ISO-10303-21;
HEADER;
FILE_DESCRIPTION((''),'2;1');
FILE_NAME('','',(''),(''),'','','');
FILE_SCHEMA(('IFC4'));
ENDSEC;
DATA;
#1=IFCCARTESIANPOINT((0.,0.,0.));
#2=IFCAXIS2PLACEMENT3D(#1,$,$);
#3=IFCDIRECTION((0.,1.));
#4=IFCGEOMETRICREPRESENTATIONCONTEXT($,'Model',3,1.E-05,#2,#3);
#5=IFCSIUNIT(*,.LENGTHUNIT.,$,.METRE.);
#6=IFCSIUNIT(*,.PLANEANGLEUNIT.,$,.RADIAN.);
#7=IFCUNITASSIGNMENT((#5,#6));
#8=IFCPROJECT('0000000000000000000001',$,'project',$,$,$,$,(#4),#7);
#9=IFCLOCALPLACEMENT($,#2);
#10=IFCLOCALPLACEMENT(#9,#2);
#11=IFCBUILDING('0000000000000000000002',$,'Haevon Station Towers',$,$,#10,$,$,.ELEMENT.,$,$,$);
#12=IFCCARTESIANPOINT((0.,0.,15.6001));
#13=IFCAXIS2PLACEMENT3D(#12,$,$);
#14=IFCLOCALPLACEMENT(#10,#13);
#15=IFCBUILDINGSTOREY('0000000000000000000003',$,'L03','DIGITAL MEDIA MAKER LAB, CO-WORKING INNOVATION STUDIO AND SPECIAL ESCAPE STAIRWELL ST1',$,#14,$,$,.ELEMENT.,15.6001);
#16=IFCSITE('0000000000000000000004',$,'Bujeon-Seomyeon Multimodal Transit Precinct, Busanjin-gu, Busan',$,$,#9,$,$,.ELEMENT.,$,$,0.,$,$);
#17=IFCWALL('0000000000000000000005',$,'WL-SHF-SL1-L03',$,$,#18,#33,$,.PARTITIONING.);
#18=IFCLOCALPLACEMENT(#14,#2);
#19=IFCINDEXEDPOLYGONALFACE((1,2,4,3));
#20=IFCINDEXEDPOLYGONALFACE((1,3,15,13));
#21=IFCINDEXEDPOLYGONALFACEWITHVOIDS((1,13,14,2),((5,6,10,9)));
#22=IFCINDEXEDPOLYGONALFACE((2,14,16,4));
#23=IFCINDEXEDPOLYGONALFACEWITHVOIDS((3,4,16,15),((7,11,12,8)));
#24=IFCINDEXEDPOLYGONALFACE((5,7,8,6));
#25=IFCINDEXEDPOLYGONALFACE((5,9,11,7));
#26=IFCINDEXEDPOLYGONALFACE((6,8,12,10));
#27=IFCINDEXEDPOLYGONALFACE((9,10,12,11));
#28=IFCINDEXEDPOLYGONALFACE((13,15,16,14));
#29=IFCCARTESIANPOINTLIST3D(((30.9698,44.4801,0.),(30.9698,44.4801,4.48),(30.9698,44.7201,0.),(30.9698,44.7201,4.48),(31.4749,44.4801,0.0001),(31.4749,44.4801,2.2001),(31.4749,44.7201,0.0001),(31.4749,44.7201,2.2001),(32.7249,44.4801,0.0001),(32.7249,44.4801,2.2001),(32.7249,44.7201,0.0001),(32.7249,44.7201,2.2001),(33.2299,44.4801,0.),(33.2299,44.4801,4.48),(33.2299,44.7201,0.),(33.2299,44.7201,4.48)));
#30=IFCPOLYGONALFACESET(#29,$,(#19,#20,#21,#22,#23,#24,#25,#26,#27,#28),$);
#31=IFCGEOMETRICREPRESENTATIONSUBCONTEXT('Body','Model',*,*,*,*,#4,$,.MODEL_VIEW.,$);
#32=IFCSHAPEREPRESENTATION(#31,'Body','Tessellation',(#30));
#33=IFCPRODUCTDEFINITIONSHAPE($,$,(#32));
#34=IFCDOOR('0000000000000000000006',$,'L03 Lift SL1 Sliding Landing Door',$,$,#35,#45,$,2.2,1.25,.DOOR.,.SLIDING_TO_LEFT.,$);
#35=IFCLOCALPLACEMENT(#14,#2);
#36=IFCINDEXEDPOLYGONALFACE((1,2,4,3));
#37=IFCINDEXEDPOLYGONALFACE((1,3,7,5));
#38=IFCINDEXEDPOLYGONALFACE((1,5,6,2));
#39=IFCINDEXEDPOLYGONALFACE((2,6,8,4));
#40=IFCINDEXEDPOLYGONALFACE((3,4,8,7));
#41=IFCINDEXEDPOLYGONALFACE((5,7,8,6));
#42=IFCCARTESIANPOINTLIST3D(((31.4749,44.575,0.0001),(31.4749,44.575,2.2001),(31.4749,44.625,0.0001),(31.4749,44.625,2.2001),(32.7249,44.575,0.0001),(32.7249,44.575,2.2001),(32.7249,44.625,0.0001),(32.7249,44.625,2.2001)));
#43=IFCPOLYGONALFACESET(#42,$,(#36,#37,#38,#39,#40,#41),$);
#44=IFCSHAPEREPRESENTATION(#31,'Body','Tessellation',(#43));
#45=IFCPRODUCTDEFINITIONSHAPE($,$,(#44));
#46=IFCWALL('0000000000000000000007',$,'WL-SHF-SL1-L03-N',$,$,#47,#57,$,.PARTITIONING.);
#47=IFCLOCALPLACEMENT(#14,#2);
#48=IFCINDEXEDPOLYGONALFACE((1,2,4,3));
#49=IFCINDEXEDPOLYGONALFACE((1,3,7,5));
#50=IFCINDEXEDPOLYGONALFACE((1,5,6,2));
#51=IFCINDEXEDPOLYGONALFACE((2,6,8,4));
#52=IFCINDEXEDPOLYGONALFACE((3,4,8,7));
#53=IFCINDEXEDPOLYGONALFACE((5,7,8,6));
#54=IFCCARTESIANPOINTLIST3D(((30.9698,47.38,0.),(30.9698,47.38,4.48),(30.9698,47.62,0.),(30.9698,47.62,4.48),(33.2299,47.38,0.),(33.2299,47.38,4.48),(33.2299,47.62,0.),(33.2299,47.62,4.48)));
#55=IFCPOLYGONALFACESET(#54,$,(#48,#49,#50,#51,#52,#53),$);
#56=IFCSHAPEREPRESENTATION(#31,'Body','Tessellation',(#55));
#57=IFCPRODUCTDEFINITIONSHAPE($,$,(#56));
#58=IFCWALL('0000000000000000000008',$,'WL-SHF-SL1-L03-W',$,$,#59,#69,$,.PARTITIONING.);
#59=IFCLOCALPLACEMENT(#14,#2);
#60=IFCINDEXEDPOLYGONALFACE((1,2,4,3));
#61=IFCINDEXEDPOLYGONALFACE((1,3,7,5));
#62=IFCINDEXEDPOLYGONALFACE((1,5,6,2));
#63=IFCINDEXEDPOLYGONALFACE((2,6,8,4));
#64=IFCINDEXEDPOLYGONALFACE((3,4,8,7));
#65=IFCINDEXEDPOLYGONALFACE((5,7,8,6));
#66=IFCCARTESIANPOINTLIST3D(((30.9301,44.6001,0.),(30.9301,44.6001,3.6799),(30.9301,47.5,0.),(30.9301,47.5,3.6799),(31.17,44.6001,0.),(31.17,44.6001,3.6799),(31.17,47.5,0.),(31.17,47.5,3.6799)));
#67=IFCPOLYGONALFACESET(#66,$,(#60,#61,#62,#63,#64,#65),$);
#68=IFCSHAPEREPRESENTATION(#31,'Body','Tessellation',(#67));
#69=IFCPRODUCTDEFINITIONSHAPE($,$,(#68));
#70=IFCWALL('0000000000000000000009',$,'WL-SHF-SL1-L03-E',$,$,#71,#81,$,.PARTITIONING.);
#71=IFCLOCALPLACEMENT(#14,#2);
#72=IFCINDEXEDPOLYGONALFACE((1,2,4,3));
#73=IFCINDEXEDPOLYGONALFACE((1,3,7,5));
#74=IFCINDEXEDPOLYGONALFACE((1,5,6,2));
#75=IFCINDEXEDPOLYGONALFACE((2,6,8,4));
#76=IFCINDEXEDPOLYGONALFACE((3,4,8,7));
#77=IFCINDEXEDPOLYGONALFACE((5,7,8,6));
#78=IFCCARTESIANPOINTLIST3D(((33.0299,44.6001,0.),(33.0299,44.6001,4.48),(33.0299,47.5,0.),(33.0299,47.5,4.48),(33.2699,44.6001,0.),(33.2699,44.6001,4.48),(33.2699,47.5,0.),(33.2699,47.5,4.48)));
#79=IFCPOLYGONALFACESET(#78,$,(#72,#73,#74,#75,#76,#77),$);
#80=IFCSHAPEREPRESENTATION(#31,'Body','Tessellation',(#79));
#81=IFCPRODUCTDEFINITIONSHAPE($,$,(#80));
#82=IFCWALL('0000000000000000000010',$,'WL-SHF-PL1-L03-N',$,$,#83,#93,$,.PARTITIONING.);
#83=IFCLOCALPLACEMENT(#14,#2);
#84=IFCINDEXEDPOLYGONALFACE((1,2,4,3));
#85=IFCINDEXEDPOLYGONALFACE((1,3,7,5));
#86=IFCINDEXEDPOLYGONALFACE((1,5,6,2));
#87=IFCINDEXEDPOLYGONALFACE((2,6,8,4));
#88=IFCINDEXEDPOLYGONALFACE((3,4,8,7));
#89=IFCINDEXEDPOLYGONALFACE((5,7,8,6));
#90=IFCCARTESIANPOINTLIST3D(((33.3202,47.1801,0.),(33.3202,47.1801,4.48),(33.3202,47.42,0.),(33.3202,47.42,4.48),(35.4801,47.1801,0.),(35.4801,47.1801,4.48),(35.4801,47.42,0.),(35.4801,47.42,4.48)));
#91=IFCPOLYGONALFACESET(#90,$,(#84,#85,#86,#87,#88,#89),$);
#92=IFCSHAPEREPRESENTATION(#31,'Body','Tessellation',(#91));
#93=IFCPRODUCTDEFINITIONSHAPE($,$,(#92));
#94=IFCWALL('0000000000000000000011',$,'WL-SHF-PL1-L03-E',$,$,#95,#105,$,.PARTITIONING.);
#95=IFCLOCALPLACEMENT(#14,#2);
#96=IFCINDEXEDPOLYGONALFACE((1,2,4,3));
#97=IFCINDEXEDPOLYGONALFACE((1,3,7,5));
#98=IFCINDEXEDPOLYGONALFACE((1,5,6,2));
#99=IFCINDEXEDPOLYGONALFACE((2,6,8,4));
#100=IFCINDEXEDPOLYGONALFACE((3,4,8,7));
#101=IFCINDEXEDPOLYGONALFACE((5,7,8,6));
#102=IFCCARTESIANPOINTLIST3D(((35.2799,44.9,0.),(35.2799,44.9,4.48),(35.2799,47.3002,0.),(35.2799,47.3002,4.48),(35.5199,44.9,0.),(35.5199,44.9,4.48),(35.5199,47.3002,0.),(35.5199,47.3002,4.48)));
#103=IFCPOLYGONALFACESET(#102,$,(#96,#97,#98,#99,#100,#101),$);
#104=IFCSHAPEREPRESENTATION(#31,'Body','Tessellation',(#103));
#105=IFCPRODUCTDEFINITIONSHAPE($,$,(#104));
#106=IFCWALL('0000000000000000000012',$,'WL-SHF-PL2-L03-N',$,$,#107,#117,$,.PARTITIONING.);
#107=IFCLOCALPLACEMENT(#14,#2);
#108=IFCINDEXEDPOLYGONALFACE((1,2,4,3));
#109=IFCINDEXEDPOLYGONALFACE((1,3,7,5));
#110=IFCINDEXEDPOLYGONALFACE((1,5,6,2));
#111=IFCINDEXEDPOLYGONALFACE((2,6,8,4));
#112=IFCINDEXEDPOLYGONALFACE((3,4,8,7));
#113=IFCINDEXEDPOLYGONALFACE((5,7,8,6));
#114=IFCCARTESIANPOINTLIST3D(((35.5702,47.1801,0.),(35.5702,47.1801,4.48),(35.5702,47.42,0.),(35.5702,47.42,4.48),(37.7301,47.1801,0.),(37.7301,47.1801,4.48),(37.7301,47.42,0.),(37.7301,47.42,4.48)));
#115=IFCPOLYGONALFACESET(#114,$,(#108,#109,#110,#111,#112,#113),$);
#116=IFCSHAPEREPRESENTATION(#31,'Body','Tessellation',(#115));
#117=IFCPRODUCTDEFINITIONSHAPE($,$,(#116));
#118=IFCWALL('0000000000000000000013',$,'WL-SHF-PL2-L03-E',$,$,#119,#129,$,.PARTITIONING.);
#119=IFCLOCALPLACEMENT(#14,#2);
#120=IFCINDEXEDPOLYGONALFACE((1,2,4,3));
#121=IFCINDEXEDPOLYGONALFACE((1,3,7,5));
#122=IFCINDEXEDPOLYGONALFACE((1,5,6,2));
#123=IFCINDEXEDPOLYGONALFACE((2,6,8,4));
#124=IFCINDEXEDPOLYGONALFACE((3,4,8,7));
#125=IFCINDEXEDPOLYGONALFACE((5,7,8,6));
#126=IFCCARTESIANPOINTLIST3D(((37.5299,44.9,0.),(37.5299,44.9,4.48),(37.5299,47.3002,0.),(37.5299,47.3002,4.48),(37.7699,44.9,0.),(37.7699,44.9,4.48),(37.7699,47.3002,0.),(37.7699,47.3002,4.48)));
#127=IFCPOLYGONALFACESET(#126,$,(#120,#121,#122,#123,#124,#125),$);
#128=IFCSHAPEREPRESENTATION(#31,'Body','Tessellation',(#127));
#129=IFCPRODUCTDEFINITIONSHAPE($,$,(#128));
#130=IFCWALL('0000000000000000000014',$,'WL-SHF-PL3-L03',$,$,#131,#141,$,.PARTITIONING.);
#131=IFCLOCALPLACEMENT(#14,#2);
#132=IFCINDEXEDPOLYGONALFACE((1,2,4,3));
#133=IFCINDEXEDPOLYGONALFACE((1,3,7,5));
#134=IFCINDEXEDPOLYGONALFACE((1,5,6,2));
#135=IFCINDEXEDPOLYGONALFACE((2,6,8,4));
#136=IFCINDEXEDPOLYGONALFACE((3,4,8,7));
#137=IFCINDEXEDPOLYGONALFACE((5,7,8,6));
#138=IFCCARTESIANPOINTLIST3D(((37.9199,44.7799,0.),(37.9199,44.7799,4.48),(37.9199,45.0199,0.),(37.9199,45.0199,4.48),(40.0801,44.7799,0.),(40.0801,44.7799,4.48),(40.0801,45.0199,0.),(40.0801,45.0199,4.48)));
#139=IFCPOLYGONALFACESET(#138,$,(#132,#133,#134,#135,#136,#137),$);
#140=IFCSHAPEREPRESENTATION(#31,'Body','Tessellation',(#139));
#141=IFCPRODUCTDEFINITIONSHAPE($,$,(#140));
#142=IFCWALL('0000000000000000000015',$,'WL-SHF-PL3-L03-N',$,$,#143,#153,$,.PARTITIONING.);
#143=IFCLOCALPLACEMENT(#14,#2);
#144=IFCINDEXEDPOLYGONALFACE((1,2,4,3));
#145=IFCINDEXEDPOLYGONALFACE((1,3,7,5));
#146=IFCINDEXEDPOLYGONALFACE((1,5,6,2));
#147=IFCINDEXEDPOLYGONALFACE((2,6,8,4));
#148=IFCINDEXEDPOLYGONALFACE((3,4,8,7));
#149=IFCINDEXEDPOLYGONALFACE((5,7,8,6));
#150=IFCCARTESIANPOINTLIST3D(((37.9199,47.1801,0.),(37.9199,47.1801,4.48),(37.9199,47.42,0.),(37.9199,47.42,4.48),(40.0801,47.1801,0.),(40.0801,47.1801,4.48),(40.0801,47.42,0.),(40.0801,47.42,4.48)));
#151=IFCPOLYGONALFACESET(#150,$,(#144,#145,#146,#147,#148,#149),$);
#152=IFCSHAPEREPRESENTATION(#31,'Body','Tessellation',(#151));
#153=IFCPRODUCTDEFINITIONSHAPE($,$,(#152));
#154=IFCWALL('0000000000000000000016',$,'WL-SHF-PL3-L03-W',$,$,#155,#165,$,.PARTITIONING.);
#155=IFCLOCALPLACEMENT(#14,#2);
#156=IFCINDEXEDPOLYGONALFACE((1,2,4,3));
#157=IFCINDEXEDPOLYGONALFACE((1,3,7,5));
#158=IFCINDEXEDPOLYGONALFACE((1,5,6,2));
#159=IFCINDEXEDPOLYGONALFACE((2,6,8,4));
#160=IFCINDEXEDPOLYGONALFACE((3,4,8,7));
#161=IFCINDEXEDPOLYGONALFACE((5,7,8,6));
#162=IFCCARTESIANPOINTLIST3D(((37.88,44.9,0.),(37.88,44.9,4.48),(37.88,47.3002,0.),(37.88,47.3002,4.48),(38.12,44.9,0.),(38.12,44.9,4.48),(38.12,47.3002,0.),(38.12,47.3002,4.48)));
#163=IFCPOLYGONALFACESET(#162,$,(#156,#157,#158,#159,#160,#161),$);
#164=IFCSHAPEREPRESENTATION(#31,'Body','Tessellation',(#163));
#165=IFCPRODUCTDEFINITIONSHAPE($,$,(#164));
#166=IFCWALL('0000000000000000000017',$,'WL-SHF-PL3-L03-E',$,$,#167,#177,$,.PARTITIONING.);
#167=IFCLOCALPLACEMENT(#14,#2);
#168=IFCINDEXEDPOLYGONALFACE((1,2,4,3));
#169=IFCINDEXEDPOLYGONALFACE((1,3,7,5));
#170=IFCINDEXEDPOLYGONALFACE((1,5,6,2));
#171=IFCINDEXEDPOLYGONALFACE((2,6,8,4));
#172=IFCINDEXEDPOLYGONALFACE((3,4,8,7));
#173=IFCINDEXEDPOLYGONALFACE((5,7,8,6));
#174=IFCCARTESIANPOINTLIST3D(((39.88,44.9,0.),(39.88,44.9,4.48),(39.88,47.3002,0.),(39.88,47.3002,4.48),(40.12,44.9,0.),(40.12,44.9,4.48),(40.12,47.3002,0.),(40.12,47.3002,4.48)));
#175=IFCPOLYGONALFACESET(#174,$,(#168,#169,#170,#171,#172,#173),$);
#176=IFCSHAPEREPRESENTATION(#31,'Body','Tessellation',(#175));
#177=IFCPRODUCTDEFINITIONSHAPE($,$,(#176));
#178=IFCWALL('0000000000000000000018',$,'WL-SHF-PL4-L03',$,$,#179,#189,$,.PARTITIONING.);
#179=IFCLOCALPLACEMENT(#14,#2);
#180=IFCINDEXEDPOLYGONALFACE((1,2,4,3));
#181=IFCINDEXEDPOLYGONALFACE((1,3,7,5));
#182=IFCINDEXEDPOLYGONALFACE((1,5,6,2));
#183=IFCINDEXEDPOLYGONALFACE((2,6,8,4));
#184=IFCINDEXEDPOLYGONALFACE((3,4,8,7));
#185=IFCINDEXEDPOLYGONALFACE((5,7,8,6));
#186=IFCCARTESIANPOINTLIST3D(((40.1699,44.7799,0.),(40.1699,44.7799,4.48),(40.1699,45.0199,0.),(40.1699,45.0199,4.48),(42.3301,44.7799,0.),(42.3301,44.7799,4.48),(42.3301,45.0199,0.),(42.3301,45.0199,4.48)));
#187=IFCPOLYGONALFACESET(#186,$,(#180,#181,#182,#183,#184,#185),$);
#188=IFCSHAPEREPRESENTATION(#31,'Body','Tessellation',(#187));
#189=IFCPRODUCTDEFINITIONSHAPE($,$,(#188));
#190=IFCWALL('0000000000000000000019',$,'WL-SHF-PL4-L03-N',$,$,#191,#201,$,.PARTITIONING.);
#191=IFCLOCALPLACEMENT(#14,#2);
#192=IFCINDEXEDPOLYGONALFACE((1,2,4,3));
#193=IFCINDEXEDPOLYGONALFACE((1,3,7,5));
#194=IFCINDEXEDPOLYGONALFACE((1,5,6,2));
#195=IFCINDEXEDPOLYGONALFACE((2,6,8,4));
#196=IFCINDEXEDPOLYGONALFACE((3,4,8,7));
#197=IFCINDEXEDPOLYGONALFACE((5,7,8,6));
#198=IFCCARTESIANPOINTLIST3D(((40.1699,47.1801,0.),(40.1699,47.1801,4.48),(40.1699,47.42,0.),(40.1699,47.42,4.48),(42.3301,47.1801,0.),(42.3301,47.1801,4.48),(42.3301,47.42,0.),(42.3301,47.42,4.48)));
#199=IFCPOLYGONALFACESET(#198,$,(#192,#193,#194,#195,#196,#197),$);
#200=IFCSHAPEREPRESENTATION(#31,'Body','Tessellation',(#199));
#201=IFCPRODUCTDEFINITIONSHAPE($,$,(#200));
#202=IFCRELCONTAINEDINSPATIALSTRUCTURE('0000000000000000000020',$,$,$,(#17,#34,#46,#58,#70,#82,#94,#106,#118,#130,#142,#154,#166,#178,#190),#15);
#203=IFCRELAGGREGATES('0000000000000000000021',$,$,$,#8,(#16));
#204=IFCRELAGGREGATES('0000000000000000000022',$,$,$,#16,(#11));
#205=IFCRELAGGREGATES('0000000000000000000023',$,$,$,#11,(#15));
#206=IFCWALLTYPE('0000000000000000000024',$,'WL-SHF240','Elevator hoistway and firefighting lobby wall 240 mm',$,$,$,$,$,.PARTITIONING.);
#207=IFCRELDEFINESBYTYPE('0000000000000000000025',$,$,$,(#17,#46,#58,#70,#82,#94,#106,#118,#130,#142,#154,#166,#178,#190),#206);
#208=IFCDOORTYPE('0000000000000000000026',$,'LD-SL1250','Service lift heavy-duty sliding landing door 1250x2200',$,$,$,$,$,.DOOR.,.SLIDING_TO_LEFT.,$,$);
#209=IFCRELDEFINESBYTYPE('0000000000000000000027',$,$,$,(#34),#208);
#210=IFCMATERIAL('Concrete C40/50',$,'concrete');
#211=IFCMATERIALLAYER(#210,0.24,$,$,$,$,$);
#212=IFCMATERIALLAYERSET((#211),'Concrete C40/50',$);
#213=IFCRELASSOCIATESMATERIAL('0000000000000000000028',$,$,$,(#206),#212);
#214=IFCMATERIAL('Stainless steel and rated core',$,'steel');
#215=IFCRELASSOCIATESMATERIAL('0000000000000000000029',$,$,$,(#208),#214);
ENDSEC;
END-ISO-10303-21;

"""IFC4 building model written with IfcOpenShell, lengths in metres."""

from ifc_helpers import new_model, si_unit, direction, frame, frame_2d, origin, place, context, subcontext, project, spatial, rectangle, extrude, material, layer, layer_set, type_object, element, fill, save


model = new_model("IFC4")

# Units and contexts
model_context = context("Model", 3, precision=1e-05, world=origin(), true_north=direction((0.0, 1.0)))
body_context = subcontext(model_context, "Body", "Model", "MODEL_VIEW")
ifc_project = project(units=[si_unit("LENGTHUNIT", "METRE"), si_unit("PLANEANGLEUNIT", "RADIAN")], contexts=[model_context])

# Site, building, storey
site_placement = place(None, origin())
site = spatial("IfcSite", under=ifc_project, at=site_placement, Name="Bujeon-Seomyeon Multimodal Transit Precinct, Busanjin-gu, Busan", CompositionType="ELEMENT", RefElevation=0.0)
building_placement = place(site_placement, origin())
building = spatial("IfcBuilding", under=site, at=building_placement, Name="Haevon Station Towers", CompositionType="ELEMENT")
storey_placement = place(building_placement, frame((0.0, 0.0, 15.6001)))
storey = spatial("IfcBuildingStorey", under=building, at=storey_placement, Name="L03", Description="DIGITAL MEDIA MAKER LAB, CO-WORKING INNOVATION STUDIO AND SPECIAL ESCAPE STAIRWELL ST1", CompositionType="ELEMENT", Elevation=15.6001)

# Wall, opening, door
ifc_material_1 = material(Name="Concrete C40/50", Category="concrete")
ifc_layer_1 = layer(ifc_material_1, 0.24)
ifc_layer_set_1 = layer_set([ifc_layer_1], Name="Concrete C40/50")
wall_type_1 = type_object("IfcWallType", Name="WL-SHF240", Description="Elevator hoistway and firefighting lobby wall 240 mm", PredefinedType="PARTITIONING", material=ifc_layer_set_1)
wall_1_placement = place(storey_placement, frame((30.97, 44.6001, 0.0), z_axis=(0.0, 0.0, 1.0), x_axis=(1.0, 0.0, 0.0)))
wall_1 = element("IfcWall", 1, at=wall_1_placement, inside=storey, type_object=wall_type_1, Name="WL-SHF-SL1-L03", PredefinedType="PARTITIONING", context=body_context, shape_type="SweptSolid", body=[
    extrude(rectangle(XDim=2.26, YDim=0.24, at=frame_2d((1.1299, 0.0))), origin(), (0.0, 0.0, 1.0), 4.48),
])
opening_1_placement = place(wall_1_placement, frame((0.5049, 0.0, 0.0)))
opening_1 = element("IfcOpeningElement", 2, at=opening_1_placement, cuts=wall_1, PredefinedType="OPENING", context=body_context, shape_type="SweptSolid", body=[
    extrude(rectangle(XDim=1.25, YDim=2.2, at=frame_2d((0.625, 1.1001))), frame((0.0, 0.1299, 0.0), z_axis=(0.0, -1.0, 0.0), x_axis=(1.0, 0.0, 0.0)), (0.0, 0.0, 1.0), 0.26),
])
ifc_material_2 = material(Name="Stainless steel and rated core", Category="steel")
door_type_1 = type_object("IfcDoorType", Name="LD-SL1250", Description="Service lift heavy-duty sliding landing door 1250x2200", OperationType="SLIDING_TO_LEFT", PredefinedType="DOOR", material=ifc_material_2)
door_1_placement = place(opening_1_placement, origin())
door_1 = element("IfcDoor", 3, at=door_1_placement, inside=storey, type_object=door_type_1, Name="L03 Lift SL1 Sliding Landing Door", OperationType="SLIDING_TO_LEFT", OverallHeight=2.2, OverallWidth=1.25, PredefinedType="DOOR", context=body_context, shape_type="SweptSolid", body=[
    extrude(rectangle(XDim=1.25, YDim=2.2, at=frame_2d((0.625, 1.1001))), frame((0.0, 0.0249, 0.0), z_axis=(0.0, -1.0, 0.0), x_axis=(1.0, 0.0, 0.0)), (0.0, 0.0, 1.0), 0.05),
])
fill(opening_1, door_1)

# Walls
wall_2_placement = place(storey_placement, frame((30.97, 47.5, 0.0), z_axis=(0.0, 0.0, 1.0), x_axis=(1.0, 0.0, 0.0)))
element("IfcWall", 4, at=wall_2_placement, inside=storey, type_object=wall_type_1, Name="WL-SHF-SL1-L03-N", PredefinedType="PARTITIONING", context=body_context, shape_type="SweptSolid", body=[
    extrude(rectangle(XDim=2.26, YDim=0.24, at=frame_2d((1.1299, 0.0))), origin(), (0.0, 0.0, 1.0), 4.48),
])
wall_3_placement = place(storey_placement, frame((31.05, 44.6001, 0.0), z_axis=(0.0, 0.0, 1.0), x_axis=(0.0, 1.0, 0.0)))
element("IfcWall", 5, at=wall_3_placement, inside=storey, type_object=wall_type_1, Name="WL-SHF-SL1-L03-W", PredefinedType="PARTITIONING", context=body_context, shape_type="SweptSolid", body=[
    extrude(rectangle(XDim=2.8999, YDim=0.24, at=frame_2d((1.45, 0.0))), origin(), (0.0, 0.0, 1.0), 3.6799),
])
wall_4_placement = place(storey_placement, frame((33.1499, 44.6001, 0.0), z_axis=(0.0, 0.0, 1.0), x_axis=(0.0, 1.0, 0.0)))
element("IfcWall", 6, at=wall_4_placement, inside=storey, type_object=wall_type_1, Name="WL-SHF-SL1-L03-E", PredefinedType="PARTITIONING", context=body_context, shape_type="SweptSolid", body=[
    extrude(rectangle(XDim=2.8999, YDim=0.24, at=frame_2d((1.45, 0.0))), origin(), (0.0, 0.0, 1.0), 4.48),
])

# Walls
wall_5_placement = place(storey_placement, frame((33.3201, 47.3, 0.0), z_axis=(0.0, 0.0, 1.0), x_axis=(1.0, 0.0, 0.0)))
element("IfcWall", 7, at=wall_5_placement, inside=storey, type_object=wall_type_1, Name="WL-SHF-PL1-L03-N", PredefinedType="PARTITIONING", context=body_context, shape_type="SweptSolid", body=[
    extrude(rectangle(XDim=2.1599, YDim=0.24, at=frame_2d((1.0801, 0.0))), origin(), (0.0, 0.0, 1.0), 4.48),
])
wall_6_placement = place(storey_placement, frame((35.3999, 44.8999, 0.0), z_axis=(0.0, 0.0, 1.0), x_axis=(0.0, 1.0, 0.0)))
element("IfcWall", 8, at=wall_6_placement, inside=storey, type_object=wall_type_1, Name="WL-SHF-PL1-L03-E", PredefinedType="PARTITIONING", context=body_context, shape_type="SweptSolid", body=[
    extrude(rectangle(XDim=2.4001, YDim=0.24, at=frame_2d((1.2002, 0.0))), origin(), (0.0, 0.0, 1.0), 4.48),
])

# Walls
wall_7_placement = place(storey_placement, frame((35.5701, 47.3, 0.0), z_axis=(0.0, 0.0, 1.0), x_axis=(1.0, 0.0, 0.0)))
element("IfcWall", 9, at=wall_7_placement, inside=storey, type_object=wall_type_1, Name="WL-SHF-PL2-L03-N", PredefinedType="PARTITIONING", context=body_context, shape_type="SweptSolid", body=[
    extrude(rectangle(XDim=2.1599, YDim=0.24, at=frame_2d((1.0801, 0.0))), origin(), (0.0, 0.0, 1.0), 4.48),
])
wall_8_placement = place(storey_placement, frame((37.6499, 44.8999, 0.0), z_axis=(0.0, 0.0, 1.0), x_axis=(0.0, 1.0, 0.0)))
element("IfcWall", 10, at=wall_8_placement, inside=storey, type_object=wall_type_1, Name="WL-SHF-PL2-L03-E", PredefinedType="PARTITIONING", context=body_context, shape_type="SweptSolid", body=[
    extrude(rectangle(XDim=2.4001, YDim=0.24, at=frame_2d((1.2002, 0.0))), origin(), (0.0, 0.0, 1.0), 4.48),
])
for number, where, z_axis, x_axis, name in (
    (11, (37.9199, 44.8999, 0.0), (0.0, 0.0, 1.0), (1.0, 0.0, 0.0), "WL-SHF-PL3-L03"),
    (12, (37.9199, 47.3, 0.0), (0.0, 0.0, 1.0), (1.0, 0.0, 0.0), "WL-SHF-PL3-L03-N"),
):
    element("IfcWall", number, at=place(storey_placement, frame(where, z_axis=z_axis, x_axis=x_axis)), inside=storey, type_object=wall_type_1, Name=name, PredefinedType="PARTITIONING", context=body_context, shape_type="SweptSolid", body=[
        extrude(rectangle(XDim=2.1602, YDim=0.24, at=frame_2d((1.0801, 0.0))), origin(), (0.0, 0.0, 1.0), 4.48),
    ])
for number, where, z_axis, x_axis, name in (
    (13, (38.0, 44.8999, 0.0), (0.0, 0.0, 1.0), (0.0, 1.0, 0.0), "WL-SHF-PL3-L03-W"),
    (14, (40.0, 44.8999, 0.0), (0.0, 0.0, 1.0), (0.0, 1.0, 0.0), "WL-SHF-PL3-L03-E"),
):
    element("IfcWall", number, at=place(storey_placement, frame(where, z_axis=z_axis, x_axis=x_axis)), inside=storey, type_object=wall_type_1, Name=name, PredefinedType="PARTITIONING", context=body_context, shape_type="SweptSolid", body=[
        extrude(rectangle(XDim=2.4001, YDim=0.24, at=frame_2d((1.2002, 0.0))), origin(), (0.0, 0.0, 1.0), 4.48),
    ])
for number, where, z_axis, x_axis, name in (
    (15, (40.1699, 44.8999, 0.0), (0.0, 0.0, 1.0), (1.0, 0.0, 0.0), "WL-SHF-PL4-L03"),
    (16, (40.1699, 47.3, 0.0), (0.0, 0.0, 1.0), (1.0, 0.0, 0.0), "WL-SHF-PL4-L03-N"),
):
    element("IfcWall", number, at=place(storey_placement, frame(where, z_axis=z_axis, x_axis=x_axis)), inside=storey, type_object=wall_type_1, Name=name, PredefinedType="PARTITIONING", context=body_context, shape_type="SweptSolid", body=[
        extrude(rectangle(XDim=2.1602, YDim=0.24, at=frame_2d((1.0801, 0.0))), origin(), (0.0, 0.0, 1.0), 4.48),
    ])

save(model, "model.ifc")
